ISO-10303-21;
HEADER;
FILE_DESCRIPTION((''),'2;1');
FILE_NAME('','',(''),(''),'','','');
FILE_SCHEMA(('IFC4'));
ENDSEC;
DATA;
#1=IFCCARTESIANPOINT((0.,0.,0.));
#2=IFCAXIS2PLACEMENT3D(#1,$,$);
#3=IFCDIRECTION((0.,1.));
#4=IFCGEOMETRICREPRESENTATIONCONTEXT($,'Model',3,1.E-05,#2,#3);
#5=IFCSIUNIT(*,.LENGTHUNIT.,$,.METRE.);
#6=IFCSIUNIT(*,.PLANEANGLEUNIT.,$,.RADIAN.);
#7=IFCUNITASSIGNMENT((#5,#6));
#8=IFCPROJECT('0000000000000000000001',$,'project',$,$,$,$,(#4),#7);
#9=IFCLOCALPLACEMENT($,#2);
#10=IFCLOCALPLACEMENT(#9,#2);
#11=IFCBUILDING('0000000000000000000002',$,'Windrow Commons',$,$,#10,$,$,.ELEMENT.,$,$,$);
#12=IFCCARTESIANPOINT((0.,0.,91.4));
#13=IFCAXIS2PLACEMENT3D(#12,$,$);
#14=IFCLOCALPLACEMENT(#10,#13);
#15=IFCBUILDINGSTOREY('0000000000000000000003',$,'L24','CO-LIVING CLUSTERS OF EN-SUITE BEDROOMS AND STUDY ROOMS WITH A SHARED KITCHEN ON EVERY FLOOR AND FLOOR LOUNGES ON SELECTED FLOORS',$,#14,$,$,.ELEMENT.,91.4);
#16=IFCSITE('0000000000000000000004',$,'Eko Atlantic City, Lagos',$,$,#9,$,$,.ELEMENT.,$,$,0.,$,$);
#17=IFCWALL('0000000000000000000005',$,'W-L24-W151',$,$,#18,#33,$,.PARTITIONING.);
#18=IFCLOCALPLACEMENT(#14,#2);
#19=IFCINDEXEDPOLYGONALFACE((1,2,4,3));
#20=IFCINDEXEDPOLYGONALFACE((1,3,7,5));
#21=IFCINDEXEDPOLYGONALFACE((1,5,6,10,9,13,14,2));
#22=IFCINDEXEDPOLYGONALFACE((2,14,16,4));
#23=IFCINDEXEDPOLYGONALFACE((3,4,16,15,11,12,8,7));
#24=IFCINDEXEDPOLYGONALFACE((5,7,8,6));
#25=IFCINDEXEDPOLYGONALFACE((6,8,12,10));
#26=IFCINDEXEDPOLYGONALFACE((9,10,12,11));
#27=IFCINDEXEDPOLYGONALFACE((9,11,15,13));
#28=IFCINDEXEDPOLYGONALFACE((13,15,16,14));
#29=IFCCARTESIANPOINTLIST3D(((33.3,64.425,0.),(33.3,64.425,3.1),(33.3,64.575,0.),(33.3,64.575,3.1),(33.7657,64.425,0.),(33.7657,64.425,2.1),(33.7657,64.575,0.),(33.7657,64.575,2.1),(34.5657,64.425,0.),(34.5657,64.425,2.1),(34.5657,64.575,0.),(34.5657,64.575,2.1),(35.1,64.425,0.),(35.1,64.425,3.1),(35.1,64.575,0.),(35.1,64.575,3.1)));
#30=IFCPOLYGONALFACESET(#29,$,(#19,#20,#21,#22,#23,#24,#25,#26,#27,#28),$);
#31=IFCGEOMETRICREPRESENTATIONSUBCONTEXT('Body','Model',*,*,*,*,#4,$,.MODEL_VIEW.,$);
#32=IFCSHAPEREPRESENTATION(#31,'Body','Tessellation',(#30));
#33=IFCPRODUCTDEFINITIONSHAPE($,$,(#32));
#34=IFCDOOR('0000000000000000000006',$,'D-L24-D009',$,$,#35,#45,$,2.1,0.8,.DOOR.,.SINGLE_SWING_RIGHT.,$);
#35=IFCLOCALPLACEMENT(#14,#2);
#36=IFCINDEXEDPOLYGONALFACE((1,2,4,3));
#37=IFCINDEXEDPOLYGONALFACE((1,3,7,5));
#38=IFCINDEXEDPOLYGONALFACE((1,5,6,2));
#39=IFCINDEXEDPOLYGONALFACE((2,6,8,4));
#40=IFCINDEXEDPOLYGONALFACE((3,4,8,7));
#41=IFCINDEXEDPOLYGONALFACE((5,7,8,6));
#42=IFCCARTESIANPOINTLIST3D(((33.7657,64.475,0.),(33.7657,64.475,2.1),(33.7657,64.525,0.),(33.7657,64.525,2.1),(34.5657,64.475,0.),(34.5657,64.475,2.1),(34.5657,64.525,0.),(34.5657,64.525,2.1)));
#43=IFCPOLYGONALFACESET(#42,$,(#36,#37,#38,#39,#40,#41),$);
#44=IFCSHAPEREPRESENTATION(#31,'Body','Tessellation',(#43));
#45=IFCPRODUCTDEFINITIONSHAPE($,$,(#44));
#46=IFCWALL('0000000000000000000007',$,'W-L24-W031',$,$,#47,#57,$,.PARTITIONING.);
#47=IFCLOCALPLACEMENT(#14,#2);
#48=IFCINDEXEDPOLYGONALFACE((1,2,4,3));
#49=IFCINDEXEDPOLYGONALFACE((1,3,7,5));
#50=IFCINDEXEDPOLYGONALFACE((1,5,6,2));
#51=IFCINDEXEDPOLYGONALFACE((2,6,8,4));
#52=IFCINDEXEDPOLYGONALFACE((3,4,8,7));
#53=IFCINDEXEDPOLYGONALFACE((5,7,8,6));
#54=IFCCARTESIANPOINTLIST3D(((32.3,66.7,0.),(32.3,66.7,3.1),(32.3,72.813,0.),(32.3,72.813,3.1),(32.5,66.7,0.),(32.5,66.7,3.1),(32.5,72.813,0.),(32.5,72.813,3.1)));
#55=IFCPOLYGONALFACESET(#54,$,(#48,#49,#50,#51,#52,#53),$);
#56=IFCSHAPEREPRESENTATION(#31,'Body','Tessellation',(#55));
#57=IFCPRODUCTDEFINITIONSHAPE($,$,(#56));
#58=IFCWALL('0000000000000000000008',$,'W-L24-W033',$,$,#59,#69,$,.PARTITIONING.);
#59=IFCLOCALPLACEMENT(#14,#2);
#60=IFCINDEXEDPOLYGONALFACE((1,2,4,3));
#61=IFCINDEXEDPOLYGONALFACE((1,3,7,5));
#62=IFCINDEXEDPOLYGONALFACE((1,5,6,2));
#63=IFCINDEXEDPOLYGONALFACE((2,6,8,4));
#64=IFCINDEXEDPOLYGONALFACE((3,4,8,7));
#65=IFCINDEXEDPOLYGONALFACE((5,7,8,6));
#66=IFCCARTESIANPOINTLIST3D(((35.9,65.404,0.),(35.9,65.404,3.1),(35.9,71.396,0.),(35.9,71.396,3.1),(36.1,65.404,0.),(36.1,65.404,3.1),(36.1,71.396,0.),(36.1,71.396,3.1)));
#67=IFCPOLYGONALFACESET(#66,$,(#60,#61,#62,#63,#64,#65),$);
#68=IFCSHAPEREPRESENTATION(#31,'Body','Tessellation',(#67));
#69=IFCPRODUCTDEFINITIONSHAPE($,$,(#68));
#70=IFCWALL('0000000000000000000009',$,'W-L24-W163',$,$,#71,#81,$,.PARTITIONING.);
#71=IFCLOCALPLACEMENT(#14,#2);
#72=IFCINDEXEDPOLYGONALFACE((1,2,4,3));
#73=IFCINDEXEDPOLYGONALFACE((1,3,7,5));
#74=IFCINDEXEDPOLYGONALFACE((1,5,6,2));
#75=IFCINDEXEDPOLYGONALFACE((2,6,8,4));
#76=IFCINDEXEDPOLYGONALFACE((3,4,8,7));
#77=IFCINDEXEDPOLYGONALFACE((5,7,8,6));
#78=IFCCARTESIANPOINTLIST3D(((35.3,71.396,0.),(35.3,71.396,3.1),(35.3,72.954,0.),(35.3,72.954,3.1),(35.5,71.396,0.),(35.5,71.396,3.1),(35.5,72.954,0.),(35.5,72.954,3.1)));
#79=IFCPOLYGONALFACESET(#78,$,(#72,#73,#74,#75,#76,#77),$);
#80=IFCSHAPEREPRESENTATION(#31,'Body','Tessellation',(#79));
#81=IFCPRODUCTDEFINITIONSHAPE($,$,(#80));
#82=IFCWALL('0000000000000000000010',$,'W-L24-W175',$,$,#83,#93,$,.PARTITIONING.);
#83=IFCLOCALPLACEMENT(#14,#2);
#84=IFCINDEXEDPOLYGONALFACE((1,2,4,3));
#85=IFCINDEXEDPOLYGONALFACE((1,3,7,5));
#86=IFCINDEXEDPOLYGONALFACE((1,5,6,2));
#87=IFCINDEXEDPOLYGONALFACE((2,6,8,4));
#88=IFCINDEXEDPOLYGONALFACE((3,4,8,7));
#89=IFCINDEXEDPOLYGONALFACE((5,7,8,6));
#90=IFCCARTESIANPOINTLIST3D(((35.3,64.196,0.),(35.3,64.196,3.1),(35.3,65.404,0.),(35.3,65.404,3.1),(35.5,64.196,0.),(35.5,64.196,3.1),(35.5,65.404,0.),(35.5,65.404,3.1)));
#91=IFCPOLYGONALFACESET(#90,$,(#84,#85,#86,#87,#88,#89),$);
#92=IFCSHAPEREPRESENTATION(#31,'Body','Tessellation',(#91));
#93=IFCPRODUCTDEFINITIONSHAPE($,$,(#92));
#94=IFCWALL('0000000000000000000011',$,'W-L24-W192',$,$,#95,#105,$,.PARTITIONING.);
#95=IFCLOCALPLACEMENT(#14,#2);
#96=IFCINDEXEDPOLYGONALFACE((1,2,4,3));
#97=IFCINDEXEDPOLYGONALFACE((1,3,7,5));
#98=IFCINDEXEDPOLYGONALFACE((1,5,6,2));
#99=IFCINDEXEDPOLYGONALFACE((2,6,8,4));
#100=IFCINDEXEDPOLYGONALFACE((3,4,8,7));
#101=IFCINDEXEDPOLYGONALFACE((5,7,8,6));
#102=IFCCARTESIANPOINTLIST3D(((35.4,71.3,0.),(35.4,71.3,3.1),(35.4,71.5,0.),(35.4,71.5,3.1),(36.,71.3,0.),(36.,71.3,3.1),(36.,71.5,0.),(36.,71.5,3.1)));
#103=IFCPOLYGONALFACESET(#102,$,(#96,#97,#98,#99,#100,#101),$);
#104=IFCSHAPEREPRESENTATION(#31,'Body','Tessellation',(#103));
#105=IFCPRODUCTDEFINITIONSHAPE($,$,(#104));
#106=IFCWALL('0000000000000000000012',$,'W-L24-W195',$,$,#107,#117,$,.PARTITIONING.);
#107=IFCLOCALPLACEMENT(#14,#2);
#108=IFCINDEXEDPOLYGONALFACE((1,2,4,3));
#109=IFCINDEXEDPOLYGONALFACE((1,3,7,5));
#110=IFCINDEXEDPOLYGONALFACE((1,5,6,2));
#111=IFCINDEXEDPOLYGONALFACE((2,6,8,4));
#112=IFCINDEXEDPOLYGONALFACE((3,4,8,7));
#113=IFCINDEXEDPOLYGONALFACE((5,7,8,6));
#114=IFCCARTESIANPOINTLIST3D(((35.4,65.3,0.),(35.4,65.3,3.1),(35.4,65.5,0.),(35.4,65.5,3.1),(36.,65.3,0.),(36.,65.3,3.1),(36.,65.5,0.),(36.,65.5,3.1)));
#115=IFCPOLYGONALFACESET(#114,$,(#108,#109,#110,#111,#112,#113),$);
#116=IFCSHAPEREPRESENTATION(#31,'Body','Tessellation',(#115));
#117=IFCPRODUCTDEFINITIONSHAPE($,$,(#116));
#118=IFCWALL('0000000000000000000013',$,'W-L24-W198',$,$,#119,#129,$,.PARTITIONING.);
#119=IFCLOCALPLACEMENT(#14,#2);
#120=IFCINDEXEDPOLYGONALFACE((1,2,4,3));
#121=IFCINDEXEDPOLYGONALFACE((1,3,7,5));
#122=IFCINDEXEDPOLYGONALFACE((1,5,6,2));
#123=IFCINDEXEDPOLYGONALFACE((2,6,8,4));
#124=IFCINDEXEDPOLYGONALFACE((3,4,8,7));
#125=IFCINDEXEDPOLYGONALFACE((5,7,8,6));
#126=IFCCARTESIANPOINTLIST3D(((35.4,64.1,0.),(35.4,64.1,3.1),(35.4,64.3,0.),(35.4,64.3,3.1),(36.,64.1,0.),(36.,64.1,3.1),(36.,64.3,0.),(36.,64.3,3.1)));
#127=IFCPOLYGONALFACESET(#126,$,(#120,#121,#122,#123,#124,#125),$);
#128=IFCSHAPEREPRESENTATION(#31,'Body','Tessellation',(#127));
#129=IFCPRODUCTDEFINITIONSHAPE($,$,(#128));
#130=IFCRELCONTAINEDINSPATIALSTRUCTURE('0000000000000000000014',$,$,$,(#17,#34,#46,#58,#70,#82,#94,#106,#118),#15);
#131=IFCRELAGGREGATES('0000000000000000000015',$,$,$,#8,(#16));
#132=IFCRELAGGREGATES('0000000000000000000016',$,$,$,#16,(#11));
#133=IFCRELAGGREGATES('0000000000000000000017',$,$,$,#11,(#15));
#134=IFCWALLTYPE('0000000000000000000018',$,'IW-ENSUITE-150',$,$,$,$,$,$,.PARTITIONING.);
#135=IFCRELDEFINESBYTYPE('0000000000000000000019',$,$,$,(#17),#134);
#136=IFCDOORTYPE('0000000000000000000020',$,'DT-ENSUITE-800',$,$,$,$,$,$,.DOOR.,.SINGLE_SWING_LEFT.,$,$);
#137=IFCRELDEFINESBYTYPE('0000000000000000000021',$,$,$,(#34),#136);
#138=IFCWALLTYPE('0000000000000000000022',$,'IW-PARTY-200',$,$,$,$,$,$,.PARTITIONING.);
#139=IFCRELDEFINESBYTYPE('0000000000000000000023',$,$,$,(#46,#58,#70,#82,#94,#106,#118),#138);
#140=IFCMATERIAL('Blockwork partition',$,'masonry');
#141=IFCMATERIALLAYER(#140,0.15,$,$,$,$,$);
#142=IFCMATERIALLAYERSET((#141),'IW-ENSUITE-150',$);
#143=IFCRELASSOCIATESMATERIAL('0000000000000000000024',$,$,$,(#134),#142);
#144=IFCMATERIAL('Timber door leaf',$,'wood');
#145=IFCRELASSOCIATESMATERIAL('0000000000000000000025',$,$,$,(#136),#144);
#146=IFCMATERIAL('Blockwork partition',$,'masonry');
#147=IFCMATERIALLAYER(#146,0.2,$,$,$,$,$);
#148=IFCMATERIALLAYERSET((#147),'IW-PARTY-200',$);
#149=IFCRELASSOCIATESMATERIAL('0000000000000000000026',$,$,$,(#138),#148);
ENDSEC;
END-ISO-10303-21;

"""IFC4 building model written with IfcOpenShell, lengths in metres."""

from ifc_helpers import new_model, si_unit, direction, frame, frame_2d, origin, place, context, subcontext, project, spatial, rectangle, extrude, material, layer, layer_set, type_object, element, fill, save


model = new_model("IFC4")

# Units and contexts
model_context = context("Model", 3, precision=1e-05, world=origin(), true_north=direction((0.0, 1.0)))
body_context = subcontext(model_context, "Body", "Model", "MODEL_VIEW")
ifc_project = project(units=[si_unit("LENGTHUNIT", "METRE"), si_unit("PLANEANGLEUNIT", "RADIAN")], contexts=[model_context])

# Site, building, storey
site_placement = place(None, origin())
site = spatial("IfcSite", under=ifc_project, at=site_placement, Name="Eko Atlantic City, Lagos", CompositionType="ELEMENT", RefElevation=0.0)
building_placement = place(site_placement, origin())
building = spatial("IfcBuilding", under=site, at=building_placement, Name="Windrow Commons", CompositionType="ELEMENT")
storey_placement = place(building_placement, frame((0.0, 0.0, 91.4)))
storey = spatial("IfcBuildingStorey", under=building, at=storey_placement, Name="L24", Description="CO-LIVING CLUSTERS OF EN-SUITE BEDROOMS AND STUDY ROOMS WITH A SHARED KITCHEN ON EVERY FLOOR AND FLOOR LOUNGES ON SELECTED FLOORS", CompositionType="ELEMENT", Elevation=91.4)

# Wall, opening, door
ifc_material_1 = material(Name="Blockwork partition", Category="masonry")
ifc_layer_1 = layer(ifc_material_1, 0.15)
ifc_layer_set_1 = layer_set([ifc_layer_1], Name="IW-ENSUITE-150")
wall_type_1 = type_object("IfcWallType", Name="IW-ENSUITE-150", PredefinedType="PARTITIONING", material=ifc_layer_set_1)
wall_1_placement = place(storey_placement, frame((33.3, 64.5, 0.0), z_axis=(0.0, 0.0, 1.0), x_axis=(1.0, 0.0, 0.0)))
wall_1 = element("IfcWall", 1, at=wall_1_placement, inside=storey, type_object=wall_type_1, Name="W-L24-W151", PredefinedType="PARTITIONING", context=body_context, shape_type="SweptSolid", body=[
    extrude(rectangle(XDim=1.8, YDim=0.15, at=frame_2d((0.9, 0.0))), origin(), (0.0, 0.0, 1.0), 3.1),
])
opening_1_placement = place(wall_1_placement, frame((0.4657, 0.0, 0.0)))
opening_1 = element("IfcOpeningElement", 2, at=opening_1_placement, cuts=wall_1, PredefinedType="OPENING", context=body_context, shape_type="SweptSolid", body=[
    extrude(rectangle(XDim=0.8, YDim=2.1, at=frame_2d((0.4, 1.05))), frame((0.0, 0.085, 0.0), z_axis=(0.0, -1.0, 0.0), x_axis=(1.0, 0.0, 0.0)), (0.0, 0.0, 1.0), 0.17),
])
ifc_material_2 = material(Name="Timber door leaf", Category="wood")
door_type = type_object("IfcDoorType", Name="DT-ENSUITE-800", OperationType="SINGLE_SWING_LEFT", PredefinedType="DOOR", material=ifc_material_2)
door_placement = place(opening_1_placement, origin())
door = element("IfcDoor", 3, at=door_placement, inside=storey, type_object=door_type, Name="D-L24-D009", OperationType="SINGLE_SWING_RIGHT", OverallHeight=2.1, OverallWidth=0.8, PredefinedType="DOOR", context=body_context, shape_type="SweptSolid", body=[
    extrude(rectangle(XDim=0.8, YDim=2.1, at=frame_2d((0.4, 1.05))), frame((0.0, 0.025, 0.0), z_axis=(0.0, -1.0, 0.0), x_axis=(1.0, 0.0, 0.0)), (0.0, 0.0, 1.0), 0.05),
])
fill(opening_1, door)

# Walls
ifc_material_3 = material(Name="Blockwork partition", Category="masonry")
ifc_layer_2 = layer(ifc_material_3, 0.2)
ifc_layer_set_2 = layer_set([ifc_layer_2], Name="IW-PARTY-200")
wall_type_2 = type_object("IfcWallType", Name="IW-PARTY-200", PredefinedType="PARTITIONING", material=ifc_layer_set_2)
wall_2_placement = place(storey_placement, frame((32.4, 66.7, 0.0), z_axis=(0.0, 0.0, 1.0), x_axis=(0.0, 1.0, 0.0)))
element("IfcWall", 4, at=wall_2_placement, inside=storey, type_object=wall_type_2, Name="W-L24-W031", PredefinedType="PARTITIONING", context=body_context, shape_type="SweptSolid", body=[
    extrude(rectangle(XDim=6.113, YDim=0.2, at=frame_2d((3.0565, 0.0))), origin(), (0.0, 0.0, 1.0), 3.1),
])
wall_3_placement = place(storey_placement, frame((36.0, 65.404, 0.0), z_axis=(0.0, 0.0, 1.0), x_axis=(0.0, 1.0, 0.0)))
element("IfcWall", 5, at=wall_3_placement, inside=storey, type_object=wall_type_2, Name="W-L24-W033", PredefinedType="PARTITIONING", context=body_context, shape_type="SweptSolid", body=[
    extrude(rectangle(XDim=5.992, YDim=0.2, at=frame_2d((2.996, 0.0))), origin(), (0.0, 0.0, 1.0), 3.1),
])
wall_4_placement = place(storey_placement, frame((35.4, 71.396, 0.0), z_axis=(0.0, 0.0, 1.0), x_axis=(0.0, 1.0, 0.0)))
element("IfcWall", 6, at=wall_4_placement, inside=storey, type_object=wall_type_2, Name="W-L24-W163", PredefinedType="PARTITIONING", context=body_context, shape_type="SweptSolid", body=[
    extrude(rectangle(XDim=1.5579, YDim=0.2, at=frame_2d((0.779, 0.0))), origin(), (0.0, 0.0, 1.0), 3.1),
])
wall_5_placement = place(storey_placement, frame((35.4, 64.196, 0.0), z_axis=(0.0, 0.0, 1.0), x_axis=(0.0, 1.0, 0.0)))
element("IfcWall", 7, at=wall_5_placement, inside=storey, type_object=wall_type_2, Name="W-L24-W175", PredefinedType="PARTITIONING", context=body_context, shape_type="SweptSolid", body=[
    extrude(rectangle(XDim=1.208, YDim=0.2, at=frame_2d((0.604, 0.0))), origin(), (0.0, 0.0, 1.0), 3.1),
])
for number, where, z_axis, x_axis, name in (
    (8, (35.4, 71.4, 0.0), (0.0, 0.0, 1.0), (1.0, 0.0, 0.0), "W-L24-W192"),
    (9, (35.4, 65.4, 0.0), (0.0, 0.0, 1.0), (1.0, 0.0, 0.0), "W-L24-W195"),
    (10, (35.4, 64.2, 0.0), (0.0, 0.0, 1.0), (1.0, 0.0, 0.0), "W-L24-W198"),
):
    element("IfcWall", number, at=place(storey_placement, frame(where, z_axis=z_axis, x_axis=x_axis)), inside=storey, type_object=wall_type_2, Name=name, PredefinedType="PARTITIONING", context=body_context, shape_type="SweptSolid", body=[
        extrude(rectangle(XDim=0.6, YDim=0.2, at=frame_2d((0.3, 0.0))), origin(), (0.0, 0.0, 1.0), 3.1),
    ])

save(model, "model.ifc")
